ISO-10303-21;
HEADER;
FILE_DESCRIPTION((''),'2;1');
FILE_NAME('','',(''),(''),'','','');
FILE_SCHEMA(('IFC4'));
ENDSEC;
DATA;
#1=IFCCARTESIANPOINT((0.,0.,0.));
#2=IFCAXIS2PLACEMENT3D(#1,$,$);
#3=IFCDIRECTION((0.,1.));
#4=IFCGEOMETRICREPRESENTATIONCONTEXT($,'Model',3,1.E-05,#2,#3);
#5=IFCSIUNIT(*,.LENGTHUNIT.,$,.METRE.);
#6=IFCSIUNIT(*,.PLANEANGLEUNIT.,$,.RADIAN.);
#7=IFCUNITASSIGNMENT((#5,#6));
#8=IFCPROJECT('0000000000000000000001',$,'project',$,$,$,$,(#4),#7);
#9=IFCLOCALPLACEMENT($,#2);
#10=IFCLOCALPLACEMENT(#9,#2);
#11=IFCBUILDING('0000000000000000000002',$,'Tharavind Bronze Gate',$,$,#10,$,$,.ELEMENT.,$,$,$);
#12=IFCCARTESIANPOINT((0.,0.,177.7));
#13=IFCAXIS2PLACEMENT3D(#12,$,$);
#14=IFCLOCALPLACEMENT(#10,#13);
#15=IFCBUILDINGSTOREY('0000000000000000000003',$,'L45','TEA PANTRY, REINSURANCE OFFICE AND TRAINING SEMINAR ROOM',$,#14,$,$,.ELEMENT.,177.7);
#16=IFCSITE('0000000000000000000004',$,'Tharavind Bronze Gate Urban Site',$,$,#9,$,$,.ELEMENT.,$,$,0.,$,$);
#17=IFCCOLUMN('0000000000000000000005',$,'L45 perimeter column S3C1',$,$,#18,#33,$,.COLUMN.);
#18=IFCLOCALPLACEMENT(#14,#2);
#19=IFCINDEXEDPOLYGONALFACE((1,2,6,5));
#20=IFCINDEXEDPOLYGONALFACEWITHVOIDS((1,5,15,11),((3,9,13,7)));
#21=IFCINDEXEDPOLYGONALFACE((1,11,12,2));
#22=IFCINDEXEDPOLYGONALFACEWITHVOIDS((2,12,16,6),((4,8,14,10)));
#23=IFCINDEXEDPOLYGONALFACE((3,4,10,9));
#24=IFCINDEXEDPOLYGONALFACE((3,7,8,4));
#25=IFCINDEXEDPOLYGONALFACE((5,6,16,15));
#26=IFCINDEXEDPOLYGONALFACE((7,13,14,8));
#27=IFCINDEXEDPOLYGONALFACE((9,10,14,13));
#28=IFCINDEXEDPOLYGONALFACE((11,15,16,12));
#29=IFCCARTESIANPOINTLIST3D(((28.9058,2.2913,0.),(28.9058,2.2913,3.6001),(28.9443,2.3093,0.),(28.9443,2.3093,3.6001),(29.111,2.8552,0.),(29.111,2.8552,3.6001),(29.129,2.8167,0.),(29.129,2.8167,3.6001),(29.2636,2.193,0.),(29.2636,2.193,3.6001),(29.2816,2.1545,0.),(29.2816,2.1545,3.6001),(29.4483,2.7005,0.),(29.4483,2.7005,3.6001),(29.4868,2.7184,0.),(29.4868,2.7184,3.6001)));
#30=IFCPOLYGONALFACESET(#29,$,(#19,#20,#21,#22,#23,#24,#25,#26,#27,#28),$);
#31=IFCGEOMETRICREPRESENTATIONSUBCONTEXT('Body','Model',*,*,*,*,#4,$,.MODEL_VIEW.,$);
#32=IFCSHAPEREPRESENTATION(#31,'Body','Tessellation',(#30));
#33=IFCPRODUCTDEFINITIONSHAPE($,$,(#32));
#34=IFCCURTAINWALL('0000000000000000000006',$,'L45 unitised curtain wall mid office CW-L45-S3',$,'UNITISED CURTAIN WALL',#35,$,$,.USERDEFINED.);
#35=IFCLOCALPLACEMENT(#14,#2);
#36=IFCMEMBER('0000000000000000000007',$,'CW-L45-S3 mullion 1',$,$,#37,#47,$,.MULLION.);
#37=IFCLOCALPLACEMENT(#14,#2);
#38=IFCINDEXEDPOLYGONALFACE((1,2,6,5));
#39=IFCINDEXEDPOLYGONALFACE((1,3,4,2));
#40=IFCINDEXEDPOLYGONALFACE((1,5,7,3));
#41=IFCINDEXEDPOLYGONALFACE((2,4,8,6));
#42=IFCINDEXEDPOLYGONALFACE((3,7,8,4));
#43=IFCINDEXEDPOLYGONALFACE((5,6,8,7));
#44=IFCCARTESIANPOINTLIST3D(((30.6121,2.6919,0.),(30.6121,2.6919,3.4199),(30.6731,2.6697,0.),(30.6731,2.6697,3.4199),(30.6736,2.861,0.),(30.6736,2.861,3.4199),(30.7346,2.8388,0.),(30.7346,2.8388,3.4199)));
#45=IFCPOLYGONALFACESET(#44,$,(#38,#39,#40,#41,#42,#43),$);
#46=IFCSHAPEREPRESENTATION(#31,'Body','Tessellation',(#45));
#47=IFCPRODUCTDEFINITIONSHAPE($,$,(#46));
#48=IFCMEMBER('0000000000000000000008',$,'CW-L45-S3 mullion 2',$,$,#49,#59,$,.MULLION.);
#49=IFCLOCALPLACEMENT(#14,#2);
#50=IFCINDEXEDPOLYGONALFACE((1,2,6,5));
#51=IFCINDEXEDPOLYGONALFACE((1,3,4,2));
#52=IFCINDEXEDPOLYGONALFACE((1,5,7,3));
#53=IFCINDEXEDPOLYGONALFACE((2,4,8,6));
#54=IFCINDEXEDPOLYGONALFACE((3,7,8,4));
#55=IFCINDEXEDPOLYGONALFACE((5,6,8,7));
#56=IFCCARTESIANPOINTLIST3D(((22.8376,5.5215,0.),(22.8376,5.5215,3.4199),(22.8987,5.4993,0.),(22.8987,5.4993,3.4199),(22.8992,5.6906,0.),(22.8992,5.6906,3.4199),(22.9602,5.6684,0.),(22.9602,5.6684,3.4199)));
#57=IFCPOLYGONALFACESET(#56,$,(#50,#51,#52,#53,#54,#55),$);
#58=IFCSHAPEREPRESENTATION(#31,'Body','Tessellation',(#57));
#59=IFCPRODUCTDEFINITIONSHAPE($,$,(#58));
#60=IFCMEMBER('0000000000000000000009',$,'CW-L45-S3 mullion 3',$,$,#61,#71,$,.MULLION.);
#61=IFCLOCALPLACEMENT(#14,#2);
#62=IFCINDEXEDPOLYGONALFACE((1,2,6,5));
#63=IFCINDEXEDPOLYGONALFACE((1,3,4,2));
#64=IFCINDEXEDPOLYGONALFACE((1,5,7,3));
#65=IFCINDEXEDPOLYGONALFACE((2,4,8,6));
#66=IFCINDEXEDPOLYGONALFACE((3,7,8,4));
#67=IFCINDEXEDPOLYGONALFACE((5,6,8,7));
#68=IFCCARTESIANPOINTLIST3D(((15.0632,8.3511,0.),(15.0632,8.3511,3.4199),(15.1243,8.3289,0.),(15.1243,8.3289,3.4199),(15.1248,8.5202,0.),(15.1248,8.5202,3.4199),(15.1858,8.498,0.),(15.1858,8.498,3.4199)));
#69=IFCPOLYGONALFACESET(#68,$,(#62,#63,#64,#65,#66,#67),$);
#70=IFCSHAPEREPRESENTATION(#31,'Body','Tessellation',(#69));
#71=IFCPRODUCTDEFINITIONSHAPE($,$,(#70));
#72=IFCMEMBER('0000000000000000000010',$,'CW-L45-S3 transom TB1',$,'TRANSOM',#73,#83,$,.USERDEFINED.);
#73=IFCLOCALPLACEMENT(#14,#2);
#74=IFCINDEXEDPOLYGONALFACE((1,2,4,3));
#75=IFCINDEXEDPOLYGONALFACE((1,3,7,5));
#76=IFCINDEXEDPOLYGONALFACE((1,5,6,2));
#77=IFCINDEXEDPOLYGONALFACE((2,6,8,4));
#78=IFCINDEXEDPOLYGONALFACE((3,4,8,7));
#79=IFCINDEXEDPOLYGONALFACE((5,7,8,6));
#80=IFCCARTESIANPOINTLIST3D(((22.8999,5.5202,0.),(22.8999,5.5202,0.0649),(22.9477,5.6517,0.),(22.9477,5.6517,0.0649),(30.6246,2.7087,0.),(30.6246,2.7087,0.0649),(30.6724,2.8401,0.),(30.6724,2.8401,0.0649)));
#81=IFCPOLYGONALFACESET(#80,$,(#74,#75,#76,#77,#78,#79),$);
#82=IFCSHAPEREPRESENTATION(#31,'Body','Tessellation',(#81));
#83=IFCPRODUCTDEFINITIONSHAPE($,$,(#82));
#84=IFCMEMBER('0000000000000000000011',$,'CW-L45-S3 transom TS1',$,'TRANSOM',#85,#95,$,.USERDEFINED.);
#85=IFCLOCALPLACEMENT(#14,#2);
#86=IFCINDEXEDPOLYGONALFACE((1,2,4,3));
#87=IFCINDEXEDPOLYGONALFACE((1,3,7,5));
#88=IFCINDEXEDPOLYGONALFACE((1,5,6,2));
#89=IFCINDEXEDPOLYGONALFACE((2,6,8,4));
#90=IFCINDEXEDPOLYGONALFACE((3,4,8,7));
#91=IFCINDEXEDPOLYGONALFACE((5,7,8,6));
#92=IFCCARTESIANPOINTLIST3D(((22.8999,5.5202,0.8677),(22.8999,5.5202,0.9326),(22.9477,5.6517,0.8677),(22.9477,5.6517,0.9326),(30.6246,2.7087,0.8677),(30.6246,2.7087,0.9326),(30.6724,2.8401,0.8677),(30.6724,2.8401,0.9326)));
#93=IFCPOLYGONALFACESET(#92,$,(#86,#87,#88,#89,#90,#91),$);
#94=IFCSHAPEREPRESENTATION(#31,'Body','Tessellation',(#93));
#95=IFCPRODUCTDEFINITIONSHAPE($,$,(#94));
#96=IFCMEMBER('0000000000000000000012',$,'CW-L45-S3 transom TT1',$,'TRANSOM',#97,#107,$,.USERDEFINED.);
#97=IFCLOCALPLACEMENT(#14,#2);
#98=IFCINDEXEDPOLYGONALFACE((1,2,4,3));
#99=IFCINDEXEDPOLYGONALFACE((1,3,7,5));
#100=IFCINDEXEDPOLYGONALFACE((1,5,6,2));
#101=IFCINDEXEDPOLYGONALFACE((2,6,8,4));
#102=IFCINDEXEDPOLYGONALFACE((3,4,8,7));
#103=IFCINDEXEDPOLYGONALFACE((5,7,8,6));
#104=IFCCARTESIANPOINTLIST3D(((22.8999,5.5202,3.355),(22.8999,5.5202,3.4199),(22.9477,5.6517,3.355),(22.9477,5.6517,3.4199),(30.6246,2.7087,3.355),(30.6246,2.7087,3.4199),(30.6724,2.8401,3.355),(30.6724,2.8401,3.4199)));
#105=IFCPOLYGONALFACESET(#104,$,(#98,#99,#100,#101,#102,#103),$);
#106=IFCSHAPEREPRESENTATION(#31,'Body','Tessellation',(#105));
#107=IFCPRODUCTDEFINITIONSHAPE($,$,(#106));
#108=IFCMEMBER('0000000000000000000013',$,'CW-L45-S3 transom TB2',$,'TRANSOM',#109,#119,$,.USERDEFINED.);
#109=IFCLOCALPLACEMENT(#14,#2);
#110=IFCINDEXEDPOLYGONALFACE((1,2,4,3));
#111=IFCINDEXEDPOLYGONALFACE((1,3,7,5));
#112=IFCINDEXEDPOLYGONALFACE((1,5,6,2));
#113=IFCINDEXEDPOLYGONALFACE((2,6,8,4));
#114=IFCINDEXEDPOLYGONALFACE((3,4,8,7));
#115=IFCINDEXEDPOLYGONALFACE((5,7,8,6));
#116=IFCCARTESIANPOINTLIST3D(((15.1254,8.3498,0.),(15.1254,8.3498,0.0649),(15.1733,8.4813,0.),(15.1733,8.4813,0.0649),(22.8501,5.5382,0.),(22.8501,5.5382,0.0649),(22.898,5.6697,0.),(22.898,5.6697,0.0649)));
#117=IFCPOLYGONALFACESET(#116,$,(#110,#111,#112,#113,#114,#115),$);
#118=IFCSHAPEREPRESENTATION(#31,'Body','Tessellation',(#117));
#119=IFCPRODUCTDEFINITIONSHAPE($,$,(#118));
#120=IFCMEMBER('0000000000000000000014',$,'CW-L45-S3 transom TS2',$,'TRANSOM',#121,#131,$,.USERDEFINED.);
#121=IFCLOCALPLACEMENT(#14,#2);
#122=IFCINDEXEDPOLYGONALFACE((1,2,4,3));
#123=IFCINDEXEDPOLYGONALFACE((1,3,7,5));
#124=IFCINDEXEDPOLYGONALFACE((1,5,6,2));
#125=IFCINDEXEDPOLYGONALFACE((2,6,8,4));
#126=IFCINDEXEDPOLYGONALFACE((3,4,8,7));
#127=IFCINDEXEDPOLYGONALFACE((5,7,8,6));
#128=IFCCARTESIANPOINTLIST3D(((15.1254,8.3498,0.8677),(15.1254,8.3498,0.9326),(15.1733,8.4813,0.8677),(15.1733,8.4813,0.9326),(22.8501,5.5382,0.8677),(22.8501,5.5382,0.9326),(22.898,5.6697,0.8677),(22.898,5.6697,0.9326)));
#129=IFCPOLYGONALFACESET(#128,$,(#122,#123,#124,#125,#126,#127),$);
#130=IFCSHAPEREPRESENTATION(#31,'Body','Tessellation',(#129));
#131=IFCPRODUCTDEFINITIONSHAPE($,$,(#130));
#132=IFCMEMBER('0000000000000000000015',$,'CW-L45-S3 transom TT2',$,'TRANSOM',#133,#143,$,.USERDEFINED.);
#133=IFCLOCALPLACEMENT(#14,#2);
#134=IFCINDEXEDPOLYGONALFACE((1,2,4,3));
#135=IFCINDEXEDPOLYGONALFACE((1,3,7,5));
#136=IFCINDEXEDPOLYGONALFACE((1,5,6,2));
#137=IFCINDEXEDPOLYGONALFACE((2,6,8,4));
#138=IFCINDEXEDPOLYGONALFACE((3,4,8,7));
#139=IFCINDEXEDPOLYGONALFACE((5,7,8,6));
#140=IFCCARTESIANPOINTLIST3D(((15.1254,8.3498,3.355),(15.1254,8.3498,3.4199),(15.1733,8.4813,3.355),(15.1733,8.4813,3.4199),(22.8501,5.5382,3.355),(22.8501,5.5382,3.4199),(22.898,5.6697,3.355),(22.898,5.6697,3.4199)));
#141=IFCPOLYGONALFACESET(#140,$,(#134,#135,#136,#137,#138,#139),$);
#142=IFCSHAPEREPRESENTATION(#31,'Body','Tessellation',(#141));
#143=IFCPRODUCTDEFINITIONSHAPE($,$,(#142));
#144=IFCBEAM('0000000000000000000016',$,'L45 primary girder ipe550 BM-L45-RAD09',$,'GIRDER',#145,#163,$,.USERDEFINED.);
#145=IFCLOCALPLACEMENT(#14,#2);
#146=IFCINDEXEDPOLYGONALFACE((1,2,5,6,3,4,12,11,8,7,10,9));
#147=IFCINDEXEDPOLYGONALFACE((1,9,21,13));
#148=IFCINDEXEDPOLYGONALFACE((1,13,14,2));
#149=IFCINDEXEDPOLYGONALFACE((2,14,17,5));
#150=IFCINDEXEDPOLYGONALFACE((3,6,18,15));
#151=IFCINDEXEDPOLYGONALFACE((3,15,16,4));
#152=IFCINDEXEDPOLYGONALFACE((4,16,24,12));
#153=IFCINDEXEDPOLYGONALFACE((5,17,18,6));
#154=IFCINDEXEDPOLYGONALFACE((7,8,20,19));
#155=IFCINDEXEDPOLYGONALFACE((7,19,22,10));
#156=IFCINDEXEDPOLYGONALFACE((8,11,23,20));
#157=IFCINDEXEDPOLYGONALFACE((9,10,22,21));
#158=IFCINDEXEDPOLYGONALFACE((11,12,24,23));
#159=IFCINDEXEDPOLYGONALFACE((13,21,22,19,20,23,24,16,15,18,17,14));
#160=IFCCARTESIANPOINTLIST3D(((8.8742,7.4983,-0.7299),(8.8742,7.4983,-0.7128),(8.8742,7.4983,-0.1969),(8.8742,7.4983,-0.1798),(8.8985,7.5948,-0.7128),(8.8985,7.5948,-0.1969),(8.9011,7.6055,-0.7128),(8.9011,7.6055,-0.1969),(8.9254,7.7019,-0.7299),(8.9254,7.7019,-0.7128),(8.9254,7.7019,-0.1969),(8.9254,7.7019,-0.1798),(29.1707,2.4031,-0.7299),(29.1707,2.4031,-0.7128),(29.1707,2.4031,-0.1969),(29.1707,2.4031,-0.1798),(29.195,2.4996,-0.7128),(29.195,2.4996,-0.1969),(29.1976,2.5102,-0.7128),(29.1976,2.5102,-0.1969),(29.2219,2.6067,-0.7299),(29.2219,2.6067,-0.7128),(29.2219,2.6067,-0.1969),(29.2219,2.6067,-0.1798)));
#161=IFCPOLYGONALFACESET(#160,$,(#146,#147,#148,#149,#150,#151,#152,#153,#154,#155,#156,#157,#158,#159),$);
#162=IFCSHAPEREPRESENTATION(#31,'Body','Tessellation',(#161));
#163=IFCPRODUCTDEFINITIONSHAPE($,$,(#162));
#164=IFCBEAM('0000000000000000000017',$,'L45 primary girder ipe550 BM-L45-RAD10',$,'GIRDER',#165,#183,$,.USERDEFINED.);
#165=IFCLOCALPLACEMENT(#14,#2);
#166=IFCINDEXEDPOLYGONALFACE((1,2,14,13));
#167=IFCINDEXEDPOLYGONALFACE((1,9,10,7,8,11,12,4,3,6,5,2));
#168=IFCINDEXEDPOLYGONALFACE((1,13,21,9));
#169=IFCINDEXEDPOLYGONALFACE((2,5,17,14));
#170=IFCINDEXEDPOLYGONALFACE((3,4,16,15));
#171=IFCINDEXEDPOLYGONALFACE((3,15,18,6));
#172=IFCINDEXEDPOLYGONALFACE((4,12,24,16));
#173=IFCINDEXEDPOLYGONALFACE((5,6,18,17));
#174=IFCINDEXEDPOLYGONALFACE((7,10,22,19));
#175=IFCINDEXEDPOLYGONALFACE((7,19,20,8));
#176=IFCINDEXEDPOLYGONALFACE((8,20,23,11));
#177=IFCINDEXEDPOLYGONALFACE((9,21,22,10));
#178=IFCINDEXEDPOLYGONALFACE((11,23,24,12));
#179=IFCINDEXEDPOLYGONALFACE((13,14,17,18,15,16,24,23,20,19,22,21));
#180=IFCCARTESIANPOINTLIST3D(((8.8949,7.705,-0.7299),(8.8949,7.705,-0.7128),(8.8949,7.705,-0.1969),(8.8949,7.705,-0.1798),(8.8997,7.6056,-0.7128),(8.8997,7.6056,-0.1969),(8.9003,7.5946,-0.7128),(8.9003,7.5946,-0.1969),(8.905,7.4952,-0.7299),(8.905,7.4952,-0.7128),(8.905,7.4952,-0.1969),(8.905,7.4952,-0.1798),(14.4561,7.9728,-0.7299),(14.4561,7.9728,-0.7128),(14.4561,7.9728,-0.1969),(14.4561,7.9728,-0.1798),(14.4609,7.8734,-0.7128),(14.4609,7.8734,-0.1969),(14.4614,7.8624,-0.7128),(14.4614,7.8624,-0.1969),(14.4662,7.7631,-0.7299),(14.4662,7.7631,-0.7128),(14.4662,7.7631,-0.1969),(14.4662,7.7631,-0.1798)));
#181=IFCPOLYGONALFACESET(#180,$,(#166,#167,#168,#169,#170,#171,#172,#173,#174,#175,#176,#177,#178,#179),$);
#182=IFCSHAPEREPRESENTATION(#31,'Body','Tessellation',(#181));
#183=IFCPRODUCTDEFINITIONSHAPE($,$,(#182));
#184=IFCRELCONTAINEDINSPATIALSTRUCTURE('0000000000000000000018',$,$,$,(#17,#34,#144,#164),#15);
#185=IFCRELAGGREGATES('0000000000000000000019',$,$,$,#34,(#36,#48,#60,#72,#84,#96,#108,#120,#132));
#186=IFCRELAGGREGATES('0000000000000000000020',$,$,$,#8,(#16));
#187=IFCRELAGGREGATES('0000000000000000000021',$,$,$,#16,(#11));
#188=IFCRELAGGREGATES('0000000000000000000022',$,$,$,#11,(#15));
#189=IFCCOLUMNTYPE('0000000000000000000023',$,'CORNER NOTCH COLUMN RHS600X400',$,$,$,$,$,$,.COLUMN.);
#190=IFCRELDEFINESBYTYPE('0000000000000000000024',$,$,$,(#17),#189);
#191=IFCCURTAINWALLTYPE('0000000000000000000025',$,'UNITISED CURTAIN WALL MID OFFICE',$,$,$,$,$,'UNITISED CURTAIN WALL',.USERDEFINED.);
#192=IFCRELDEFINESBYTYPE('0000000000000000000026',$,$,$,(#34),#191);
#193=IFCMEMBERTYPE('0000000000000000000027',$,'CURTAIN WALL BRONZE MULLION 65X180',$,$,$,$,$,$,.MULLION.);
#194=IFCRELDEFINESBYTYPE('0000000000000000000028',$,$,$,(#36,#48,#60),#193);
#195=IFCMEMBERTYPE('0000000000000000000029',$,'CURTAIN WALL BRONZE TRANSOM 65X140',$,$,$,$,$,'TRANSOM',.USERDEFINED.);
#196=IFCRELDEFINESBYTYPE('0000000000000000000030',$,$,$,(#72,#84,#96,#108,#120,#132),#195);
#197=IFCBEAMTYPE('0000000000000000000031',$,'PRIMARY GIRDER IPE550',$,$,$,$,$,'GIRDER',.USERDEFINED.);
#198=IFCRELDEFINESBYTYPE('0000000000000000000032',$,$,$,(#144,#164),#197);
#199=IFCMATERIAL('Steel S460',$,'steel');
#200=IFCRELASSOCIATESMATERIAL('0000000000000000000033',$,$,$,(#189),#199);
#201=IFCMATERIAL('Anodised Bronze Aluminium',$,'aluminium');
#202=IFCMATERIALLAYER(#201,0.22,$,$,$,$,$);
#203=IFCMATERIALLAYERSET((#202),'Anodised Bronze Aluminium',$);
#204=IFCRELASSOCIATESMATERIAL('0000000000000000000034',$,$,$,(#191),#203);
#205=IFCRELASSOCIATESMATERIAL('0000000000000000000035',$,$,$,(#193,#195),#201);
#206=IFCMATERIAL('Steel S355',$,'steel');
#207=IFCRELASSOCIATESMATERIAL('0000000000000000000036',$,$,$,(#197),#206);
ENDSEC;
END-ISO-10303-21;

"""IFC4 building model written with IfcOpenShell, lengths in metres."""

from ifc_helpers import new_model, si_unit, direction, frame, origin, origin_2d, place, context, subcontext, project, spatial, rectangle, hollow_rectangle, i_section, extrude, material, layer, layer_set, material_profile, profile_set, type_object, element, aggregate, save


model = new_model("IFC4")

# Units and contexts
model_context = context("Model", 3, precision=1e-05, world=origin(), true_north=direction((0.0, 1.0)))
body_context = subcontext(model_context, "Body", "Model", "MODEL_VIEW")
ifc_project = project(units=[si_unit("LENGTHUNIT", "METRE"), si_unit("PLANEANGLEUNIT", "RADIAN")], contexts=[model_context])

# Site, building, storey
site_placement = place(None, origin())
site = spatial("IfcSite", under=ifc_project, at=site_placement, Name="Tharavind Bronze Gate Urban Site", CompositionType="ELEMENT", RefElevation=0.0)
building_placement = place(site_placement, origin())
building = spatial("IfcBuilding", under=site, at=building_placement, Name="Tharavind Bronze Gate", CompositionType="ELEMENT")
storey_placement = place(building_placement, frame((0.0, 0.0, 177.7)))
storey = spatial("IfcBuildingStorey", under=building, at=storey_placement, Name="L45", Description="TEA PANTRY, REINSURANCE OFFICE AND TRAINING SEMINAR ROOM", CompositionType="ELEMENT", Elevation=177.7)

# Column
ifc_material_1 = material(Name="Steel S460", Category="steel")
ifc_material_profile_1 = material_profile(ifc_material_1, hollow_rectangle(XDim=0.3999, YDim=0.6001, WallThickness=0.03, at=origin_2d()), Name="RHS600X400X30")
ifc_profile_set_1 = profile_set([ifc_material_profile_1], Name="Steel S460")
column_type = type_object("IfcColumnType", Name="CORNER NOTCH COLUMN RHS600X400", PredefinedType="COLUMN", material=ifc_profile_set_1)
column_placement = place(storey_placement, frame((29.1963, 2.5049, 0.0), z_axis=(0.0, 0.0, 1.0), x_axis=(-0.939692, 0.342022, 0.0)))
element("IfcColumn", 1, at=column_placement, inside=storey, type_object=column_type, Name="L45 perimeter column S3C1", PredefinedType="COLUMN", context=body_context, shape_type="SweptSolid", body=[
    extrude(hollow_rectangle(XDim=0.3999, YDim=0.6001, WallThickness=0.03, at=origin_2d()), origin(), (0.0, 0.0, 1.0), 3.6001),
])

# Curtain wall, members
ifc_material_2 = material(Name="Anodised Bronze Aluminium", Category="aluminium")
ifc_layer_1 = layer(ifc_material_2, 0.22)
ifc_layer_set_1 = layer_set([ifc_layer_1], Name="Anodised Bronze Aluminium")
curtain_wall_type = type_object("IfcCurtainWallType", Name="UNITISED CURTAIN WALL MID OFFICE", ElementType="UNITISED CURTAIN WALL", PredefinedType="USERDEFINED", material=ifc_layer_set_1)
curtain_wall_placement = place(storey_placement, origin())
curtain_wall = element("IfcCurtainWall", 2, at=curtain_wall_placement, inside=storey, type_object=curtain_wall_type, Name="L45 unitised curtain wall mid office CW-L45-S3", ObjectType="UNITISED CURTAIN WALL", PredefinedType="USERDEFINED")
member_type_1 = type_object("IfcMemberType", Name="CURTAIN WALL BRONZE MULLION 65X180", PredefinedType="MULLION", material=ifc_material_2)
member_1_placement = place(storey_placement, frame((30.6733, 2.7654, 0.0), z_axis=(0.0, 0.0, 1.0), x_axis=(-0.939692, 0.342022, 0.0)))
member_1 = element("IfcMember", 3, at=member_1_placement, type_object=member_type_1, Name="CW-L45-S3 mullion 1", PredefinedType="MULLION", context=body_context, shape_type="SweptSolid", body=[
    extrude(rectangle(XDim=0.0649, YDim=0.1799, at=origin_2d()), origin(), (0.0, 0.0, 1.0), 3.4199),
])
member_2_placement = place(storey_placement, frame((22.8989, 5.595, 0.0), z_axis=(0.0, 0.0, 1.0), x_axis=(-0.939692, 0.342022, 0.0)))
member_2 = element("IfcMember", 4, at=member_2_placement, type_object=member_type_1, Name="CW-L45-S3 mullion 2", PredefinedType="MULLION", context=body_context, shape_type="SweptSolid", body=[
    extrude(rectangle(XDim=0.0649, YDim=0.1799, at=origin_2d()), origin(), (0.0, 0.0, 1.0), 3.4199),
])
member_3_placement = place(storey_placement, frame((15.1245, 8.4246, 0.0), z_axis=(0.0, 0.0, 1.0), x_axis=(-0.939692, 0.342022, 0.0)))
member_3 = element("IfcMember", 5, at=member_3_placement, type_object=member_type_1, Name="CW-L45-S3 mullion 3", PredefinedType="MULLION", context=body_context, shape_type="SweptSolid", body=[
    extrude(rectangle(XDim=0.0649, YDim=0.1799, at=origin_2d()), origin(), (0.0, 0.0, 1.0), 3.4199),
])
member_type_2 = type_object("IfcMemberType", Name="CURTAIN WALL BRONZE TRANSOM 65X140", ElementType="TRANSOM", PredefinedType="USERDEFINED", material=ifc_material_2)
member_4_placement = place(storey_placement, frame((26.7861, 4.1802, 0.0), z_axis=(0.0, 0.0, 1.0), x_axis=(-0.939692, 0.342022, 0.0)))
member_4 = element("IfcMember", 6, at=member_4_placement, type_object=member_type_2, Name="CW-L45-S3 transom TB1", ObjectType="TRANSOM", PredefinedType="USERDEFINED", context=body_context, shape_type="SweptSolid", body=[
    extrude(rectangle(XDim=8.2205, YDim=0.1399, at=origin_2d()), origin(), (0.0, 0.0, 1.0), 0.0649),
])
member_5_placement = place(storey_placement, frame((26.7861, 4.1802, 0.8677), z_axis=(0.0, 0.0, 1.0), x_axis=(-0.939692, 0.342022, 0.0)))
member_5 = element("IfcMember", 7, at=member_5_placement, type_object=member_type_2, Name="CW-L45-S3 transom TS1", ObjectType="TRANSOM", PredefinedType="USERDEFINED", context=body_context, shape_type="SweptSolid", body=[
    extrude(rectangle(XDim=8.2205, YDim=0.1399, at=origin_2d()), origin(), (0.0, 0.0, 1.0), 0.0649),
])
member_6_placement = place(storey_placement, frame((26.7861, 4.1802, 3.355), z_axis=(0.0, 0.0, 1.0), x_axis=(-0.939692, 0.342022, 0.0)))
member_6 = element("IfcMember", 8, at=member_6_placement, type_object=member_type_2, Name="CW-L45-S3 transom TT1", ObjectType="TRANSOM", PredefinedType="USERDEFINED", context=body_context, shape_type="SweptSolid", body=[
    extrude(rectangle(XDim=8.2205, YDim=0.1399, at=origin_2d()), origin(), (0.0, 0.0, 1.0), 0.0649),
])
member_7_placement = place(storey_placement, frame((19.0117, 7.0098, 0.0), z_axis=(0.0, 0.0, 1.0), x_axis=(-0.939692, 0.342022, 0.0)))
member_7 = element("IfcMember", 9, at=member_7_placement, type_object=member_type_2, Name="CW-L45-S3 transom TB2", ObjectType="TRANSOM", PredefinedType="USERDEFINED", context=body_context, shape_type="SweptSolid", body=[
    extrude(rectangle(XDim=8.2205, YDim=0.1399, at=origin_2d()), origin(), (0.0, 0.0, 1.0), 0.0649),
])
member_8_placement = place(storey_placement, frame((19.0117, 7.0098, 0.8677), z_axis=(0.0, 0.0, 1.0), x_axis=(-0.939692, 0.342022, 0.0)))
member_8 = element("IfcMember", 10, at=member_8_placement, type_object=member_type_2, Name="CW-L45-S3 transom TS2", ObjectType="TRANSOM", PredefinedType="USERDEFINED", context=body_context, shape_type="SweptSolid", body=[
    extrude(rectangle(XDim=8.2205, YDim=0.1399, at=origin_2d()), origin(), (0.0, 0.0, 1.0), 0.0649),
])
member_9_placement = place(storey_placement, frame((19.0117, 7.0098, 3.355), z_axis=(0.0, 0.0, 1.0), x_axis=(-0.939692, 0.342022, 0.0)))
member_9 = element("IfcMember", 11, at=member_9_placement, type_object=member_type_2, Name="CW-L45-S3 transom TT2", ObjectType="TRANSOM", PredefinedType="USERDEFINED", context=body_context, shape_type="SweptSolid", body=[
    extrude(rectangle(XDim=8.2205, YDim=0.1399, at=origin_2d()), origin(), (0.0, 0.0, 1.0), 0.0649),
])

# Beams
ifc_material_3 = material(Name="Steel S355", Category="steel")
ifc_material_profile_2 = material_profile(ifc_material_3, i_section(OverallWidth=0.21, OverallDepth=0.55, WebThickness=0.011, FlangeThickness=0.0171, at=origin_2d()), Name="IPE550")
ifc_profile_set_2 = profile_set([ifc_material_profile_2], Name="Steel S355")
beam_type_1 = type_object("IfcBeamType", Name="PRIMARY GIRDER IPE550", ElementType="GIRDER", PredefinedType="USERDEFINED", material=ifc_profile_set_2)
beam_1_placement = place(storey_placement, frame((29.1963, 2.5049, -0.4548), z_axis=(-0.969905, 0.243485, 0.0), x_axis=(-0.243485, -0.969905, 0.0)))
element("IfcBeam", 12, at=beam_1_placement, inside=storey, type_object=beam_type_1, Name="L45 primary girder ipe550 BM-L45-RAD09", ObjectType="GIRDER", PredefinedType="USERDEFINED", context=body_context, shape_type="SweptSolid", body=[
    extrude(i_section(OverallWidth=0.21, OverallDepth=0.55, WebThickness=0.011, FlangeThickness=0.0171, at=origin_2d()), origin(), (0.0, 0.0, 1.0), 20.9263),
])
beam_2_placement = place(storey_placement, frame((14.4612, 7.8679, -0.4548), z_axis=(-0.998842, -0.048103, 0.0), x_axis=(0.048103, -0.998842, 0.0)))
element("IfcBeam", 13, at=beam_2_placement, inside=storey, type_object=beam_type_1, Name="L45 primary girder ipe550 BM-L45-RAD10", ObjectType="GIRDER", PredefinedType="USERDEFINED", context=body_context, shape_type="SweptSolid", body=[
    extrude(i_section(OverallWidth=0.21, OverallDepth=0.55, WebThickness=0.011, FlangeThickness=0.0171, at=origin_2d()), origin(), (0.0, 0.0, 1.0), 5.5676),
])

aggregate(curtain_wall, [member_1, member_2, member_3, member_4, member_5, member_6, member_7, member_8, member_9])

save(model, "model.ifc")
